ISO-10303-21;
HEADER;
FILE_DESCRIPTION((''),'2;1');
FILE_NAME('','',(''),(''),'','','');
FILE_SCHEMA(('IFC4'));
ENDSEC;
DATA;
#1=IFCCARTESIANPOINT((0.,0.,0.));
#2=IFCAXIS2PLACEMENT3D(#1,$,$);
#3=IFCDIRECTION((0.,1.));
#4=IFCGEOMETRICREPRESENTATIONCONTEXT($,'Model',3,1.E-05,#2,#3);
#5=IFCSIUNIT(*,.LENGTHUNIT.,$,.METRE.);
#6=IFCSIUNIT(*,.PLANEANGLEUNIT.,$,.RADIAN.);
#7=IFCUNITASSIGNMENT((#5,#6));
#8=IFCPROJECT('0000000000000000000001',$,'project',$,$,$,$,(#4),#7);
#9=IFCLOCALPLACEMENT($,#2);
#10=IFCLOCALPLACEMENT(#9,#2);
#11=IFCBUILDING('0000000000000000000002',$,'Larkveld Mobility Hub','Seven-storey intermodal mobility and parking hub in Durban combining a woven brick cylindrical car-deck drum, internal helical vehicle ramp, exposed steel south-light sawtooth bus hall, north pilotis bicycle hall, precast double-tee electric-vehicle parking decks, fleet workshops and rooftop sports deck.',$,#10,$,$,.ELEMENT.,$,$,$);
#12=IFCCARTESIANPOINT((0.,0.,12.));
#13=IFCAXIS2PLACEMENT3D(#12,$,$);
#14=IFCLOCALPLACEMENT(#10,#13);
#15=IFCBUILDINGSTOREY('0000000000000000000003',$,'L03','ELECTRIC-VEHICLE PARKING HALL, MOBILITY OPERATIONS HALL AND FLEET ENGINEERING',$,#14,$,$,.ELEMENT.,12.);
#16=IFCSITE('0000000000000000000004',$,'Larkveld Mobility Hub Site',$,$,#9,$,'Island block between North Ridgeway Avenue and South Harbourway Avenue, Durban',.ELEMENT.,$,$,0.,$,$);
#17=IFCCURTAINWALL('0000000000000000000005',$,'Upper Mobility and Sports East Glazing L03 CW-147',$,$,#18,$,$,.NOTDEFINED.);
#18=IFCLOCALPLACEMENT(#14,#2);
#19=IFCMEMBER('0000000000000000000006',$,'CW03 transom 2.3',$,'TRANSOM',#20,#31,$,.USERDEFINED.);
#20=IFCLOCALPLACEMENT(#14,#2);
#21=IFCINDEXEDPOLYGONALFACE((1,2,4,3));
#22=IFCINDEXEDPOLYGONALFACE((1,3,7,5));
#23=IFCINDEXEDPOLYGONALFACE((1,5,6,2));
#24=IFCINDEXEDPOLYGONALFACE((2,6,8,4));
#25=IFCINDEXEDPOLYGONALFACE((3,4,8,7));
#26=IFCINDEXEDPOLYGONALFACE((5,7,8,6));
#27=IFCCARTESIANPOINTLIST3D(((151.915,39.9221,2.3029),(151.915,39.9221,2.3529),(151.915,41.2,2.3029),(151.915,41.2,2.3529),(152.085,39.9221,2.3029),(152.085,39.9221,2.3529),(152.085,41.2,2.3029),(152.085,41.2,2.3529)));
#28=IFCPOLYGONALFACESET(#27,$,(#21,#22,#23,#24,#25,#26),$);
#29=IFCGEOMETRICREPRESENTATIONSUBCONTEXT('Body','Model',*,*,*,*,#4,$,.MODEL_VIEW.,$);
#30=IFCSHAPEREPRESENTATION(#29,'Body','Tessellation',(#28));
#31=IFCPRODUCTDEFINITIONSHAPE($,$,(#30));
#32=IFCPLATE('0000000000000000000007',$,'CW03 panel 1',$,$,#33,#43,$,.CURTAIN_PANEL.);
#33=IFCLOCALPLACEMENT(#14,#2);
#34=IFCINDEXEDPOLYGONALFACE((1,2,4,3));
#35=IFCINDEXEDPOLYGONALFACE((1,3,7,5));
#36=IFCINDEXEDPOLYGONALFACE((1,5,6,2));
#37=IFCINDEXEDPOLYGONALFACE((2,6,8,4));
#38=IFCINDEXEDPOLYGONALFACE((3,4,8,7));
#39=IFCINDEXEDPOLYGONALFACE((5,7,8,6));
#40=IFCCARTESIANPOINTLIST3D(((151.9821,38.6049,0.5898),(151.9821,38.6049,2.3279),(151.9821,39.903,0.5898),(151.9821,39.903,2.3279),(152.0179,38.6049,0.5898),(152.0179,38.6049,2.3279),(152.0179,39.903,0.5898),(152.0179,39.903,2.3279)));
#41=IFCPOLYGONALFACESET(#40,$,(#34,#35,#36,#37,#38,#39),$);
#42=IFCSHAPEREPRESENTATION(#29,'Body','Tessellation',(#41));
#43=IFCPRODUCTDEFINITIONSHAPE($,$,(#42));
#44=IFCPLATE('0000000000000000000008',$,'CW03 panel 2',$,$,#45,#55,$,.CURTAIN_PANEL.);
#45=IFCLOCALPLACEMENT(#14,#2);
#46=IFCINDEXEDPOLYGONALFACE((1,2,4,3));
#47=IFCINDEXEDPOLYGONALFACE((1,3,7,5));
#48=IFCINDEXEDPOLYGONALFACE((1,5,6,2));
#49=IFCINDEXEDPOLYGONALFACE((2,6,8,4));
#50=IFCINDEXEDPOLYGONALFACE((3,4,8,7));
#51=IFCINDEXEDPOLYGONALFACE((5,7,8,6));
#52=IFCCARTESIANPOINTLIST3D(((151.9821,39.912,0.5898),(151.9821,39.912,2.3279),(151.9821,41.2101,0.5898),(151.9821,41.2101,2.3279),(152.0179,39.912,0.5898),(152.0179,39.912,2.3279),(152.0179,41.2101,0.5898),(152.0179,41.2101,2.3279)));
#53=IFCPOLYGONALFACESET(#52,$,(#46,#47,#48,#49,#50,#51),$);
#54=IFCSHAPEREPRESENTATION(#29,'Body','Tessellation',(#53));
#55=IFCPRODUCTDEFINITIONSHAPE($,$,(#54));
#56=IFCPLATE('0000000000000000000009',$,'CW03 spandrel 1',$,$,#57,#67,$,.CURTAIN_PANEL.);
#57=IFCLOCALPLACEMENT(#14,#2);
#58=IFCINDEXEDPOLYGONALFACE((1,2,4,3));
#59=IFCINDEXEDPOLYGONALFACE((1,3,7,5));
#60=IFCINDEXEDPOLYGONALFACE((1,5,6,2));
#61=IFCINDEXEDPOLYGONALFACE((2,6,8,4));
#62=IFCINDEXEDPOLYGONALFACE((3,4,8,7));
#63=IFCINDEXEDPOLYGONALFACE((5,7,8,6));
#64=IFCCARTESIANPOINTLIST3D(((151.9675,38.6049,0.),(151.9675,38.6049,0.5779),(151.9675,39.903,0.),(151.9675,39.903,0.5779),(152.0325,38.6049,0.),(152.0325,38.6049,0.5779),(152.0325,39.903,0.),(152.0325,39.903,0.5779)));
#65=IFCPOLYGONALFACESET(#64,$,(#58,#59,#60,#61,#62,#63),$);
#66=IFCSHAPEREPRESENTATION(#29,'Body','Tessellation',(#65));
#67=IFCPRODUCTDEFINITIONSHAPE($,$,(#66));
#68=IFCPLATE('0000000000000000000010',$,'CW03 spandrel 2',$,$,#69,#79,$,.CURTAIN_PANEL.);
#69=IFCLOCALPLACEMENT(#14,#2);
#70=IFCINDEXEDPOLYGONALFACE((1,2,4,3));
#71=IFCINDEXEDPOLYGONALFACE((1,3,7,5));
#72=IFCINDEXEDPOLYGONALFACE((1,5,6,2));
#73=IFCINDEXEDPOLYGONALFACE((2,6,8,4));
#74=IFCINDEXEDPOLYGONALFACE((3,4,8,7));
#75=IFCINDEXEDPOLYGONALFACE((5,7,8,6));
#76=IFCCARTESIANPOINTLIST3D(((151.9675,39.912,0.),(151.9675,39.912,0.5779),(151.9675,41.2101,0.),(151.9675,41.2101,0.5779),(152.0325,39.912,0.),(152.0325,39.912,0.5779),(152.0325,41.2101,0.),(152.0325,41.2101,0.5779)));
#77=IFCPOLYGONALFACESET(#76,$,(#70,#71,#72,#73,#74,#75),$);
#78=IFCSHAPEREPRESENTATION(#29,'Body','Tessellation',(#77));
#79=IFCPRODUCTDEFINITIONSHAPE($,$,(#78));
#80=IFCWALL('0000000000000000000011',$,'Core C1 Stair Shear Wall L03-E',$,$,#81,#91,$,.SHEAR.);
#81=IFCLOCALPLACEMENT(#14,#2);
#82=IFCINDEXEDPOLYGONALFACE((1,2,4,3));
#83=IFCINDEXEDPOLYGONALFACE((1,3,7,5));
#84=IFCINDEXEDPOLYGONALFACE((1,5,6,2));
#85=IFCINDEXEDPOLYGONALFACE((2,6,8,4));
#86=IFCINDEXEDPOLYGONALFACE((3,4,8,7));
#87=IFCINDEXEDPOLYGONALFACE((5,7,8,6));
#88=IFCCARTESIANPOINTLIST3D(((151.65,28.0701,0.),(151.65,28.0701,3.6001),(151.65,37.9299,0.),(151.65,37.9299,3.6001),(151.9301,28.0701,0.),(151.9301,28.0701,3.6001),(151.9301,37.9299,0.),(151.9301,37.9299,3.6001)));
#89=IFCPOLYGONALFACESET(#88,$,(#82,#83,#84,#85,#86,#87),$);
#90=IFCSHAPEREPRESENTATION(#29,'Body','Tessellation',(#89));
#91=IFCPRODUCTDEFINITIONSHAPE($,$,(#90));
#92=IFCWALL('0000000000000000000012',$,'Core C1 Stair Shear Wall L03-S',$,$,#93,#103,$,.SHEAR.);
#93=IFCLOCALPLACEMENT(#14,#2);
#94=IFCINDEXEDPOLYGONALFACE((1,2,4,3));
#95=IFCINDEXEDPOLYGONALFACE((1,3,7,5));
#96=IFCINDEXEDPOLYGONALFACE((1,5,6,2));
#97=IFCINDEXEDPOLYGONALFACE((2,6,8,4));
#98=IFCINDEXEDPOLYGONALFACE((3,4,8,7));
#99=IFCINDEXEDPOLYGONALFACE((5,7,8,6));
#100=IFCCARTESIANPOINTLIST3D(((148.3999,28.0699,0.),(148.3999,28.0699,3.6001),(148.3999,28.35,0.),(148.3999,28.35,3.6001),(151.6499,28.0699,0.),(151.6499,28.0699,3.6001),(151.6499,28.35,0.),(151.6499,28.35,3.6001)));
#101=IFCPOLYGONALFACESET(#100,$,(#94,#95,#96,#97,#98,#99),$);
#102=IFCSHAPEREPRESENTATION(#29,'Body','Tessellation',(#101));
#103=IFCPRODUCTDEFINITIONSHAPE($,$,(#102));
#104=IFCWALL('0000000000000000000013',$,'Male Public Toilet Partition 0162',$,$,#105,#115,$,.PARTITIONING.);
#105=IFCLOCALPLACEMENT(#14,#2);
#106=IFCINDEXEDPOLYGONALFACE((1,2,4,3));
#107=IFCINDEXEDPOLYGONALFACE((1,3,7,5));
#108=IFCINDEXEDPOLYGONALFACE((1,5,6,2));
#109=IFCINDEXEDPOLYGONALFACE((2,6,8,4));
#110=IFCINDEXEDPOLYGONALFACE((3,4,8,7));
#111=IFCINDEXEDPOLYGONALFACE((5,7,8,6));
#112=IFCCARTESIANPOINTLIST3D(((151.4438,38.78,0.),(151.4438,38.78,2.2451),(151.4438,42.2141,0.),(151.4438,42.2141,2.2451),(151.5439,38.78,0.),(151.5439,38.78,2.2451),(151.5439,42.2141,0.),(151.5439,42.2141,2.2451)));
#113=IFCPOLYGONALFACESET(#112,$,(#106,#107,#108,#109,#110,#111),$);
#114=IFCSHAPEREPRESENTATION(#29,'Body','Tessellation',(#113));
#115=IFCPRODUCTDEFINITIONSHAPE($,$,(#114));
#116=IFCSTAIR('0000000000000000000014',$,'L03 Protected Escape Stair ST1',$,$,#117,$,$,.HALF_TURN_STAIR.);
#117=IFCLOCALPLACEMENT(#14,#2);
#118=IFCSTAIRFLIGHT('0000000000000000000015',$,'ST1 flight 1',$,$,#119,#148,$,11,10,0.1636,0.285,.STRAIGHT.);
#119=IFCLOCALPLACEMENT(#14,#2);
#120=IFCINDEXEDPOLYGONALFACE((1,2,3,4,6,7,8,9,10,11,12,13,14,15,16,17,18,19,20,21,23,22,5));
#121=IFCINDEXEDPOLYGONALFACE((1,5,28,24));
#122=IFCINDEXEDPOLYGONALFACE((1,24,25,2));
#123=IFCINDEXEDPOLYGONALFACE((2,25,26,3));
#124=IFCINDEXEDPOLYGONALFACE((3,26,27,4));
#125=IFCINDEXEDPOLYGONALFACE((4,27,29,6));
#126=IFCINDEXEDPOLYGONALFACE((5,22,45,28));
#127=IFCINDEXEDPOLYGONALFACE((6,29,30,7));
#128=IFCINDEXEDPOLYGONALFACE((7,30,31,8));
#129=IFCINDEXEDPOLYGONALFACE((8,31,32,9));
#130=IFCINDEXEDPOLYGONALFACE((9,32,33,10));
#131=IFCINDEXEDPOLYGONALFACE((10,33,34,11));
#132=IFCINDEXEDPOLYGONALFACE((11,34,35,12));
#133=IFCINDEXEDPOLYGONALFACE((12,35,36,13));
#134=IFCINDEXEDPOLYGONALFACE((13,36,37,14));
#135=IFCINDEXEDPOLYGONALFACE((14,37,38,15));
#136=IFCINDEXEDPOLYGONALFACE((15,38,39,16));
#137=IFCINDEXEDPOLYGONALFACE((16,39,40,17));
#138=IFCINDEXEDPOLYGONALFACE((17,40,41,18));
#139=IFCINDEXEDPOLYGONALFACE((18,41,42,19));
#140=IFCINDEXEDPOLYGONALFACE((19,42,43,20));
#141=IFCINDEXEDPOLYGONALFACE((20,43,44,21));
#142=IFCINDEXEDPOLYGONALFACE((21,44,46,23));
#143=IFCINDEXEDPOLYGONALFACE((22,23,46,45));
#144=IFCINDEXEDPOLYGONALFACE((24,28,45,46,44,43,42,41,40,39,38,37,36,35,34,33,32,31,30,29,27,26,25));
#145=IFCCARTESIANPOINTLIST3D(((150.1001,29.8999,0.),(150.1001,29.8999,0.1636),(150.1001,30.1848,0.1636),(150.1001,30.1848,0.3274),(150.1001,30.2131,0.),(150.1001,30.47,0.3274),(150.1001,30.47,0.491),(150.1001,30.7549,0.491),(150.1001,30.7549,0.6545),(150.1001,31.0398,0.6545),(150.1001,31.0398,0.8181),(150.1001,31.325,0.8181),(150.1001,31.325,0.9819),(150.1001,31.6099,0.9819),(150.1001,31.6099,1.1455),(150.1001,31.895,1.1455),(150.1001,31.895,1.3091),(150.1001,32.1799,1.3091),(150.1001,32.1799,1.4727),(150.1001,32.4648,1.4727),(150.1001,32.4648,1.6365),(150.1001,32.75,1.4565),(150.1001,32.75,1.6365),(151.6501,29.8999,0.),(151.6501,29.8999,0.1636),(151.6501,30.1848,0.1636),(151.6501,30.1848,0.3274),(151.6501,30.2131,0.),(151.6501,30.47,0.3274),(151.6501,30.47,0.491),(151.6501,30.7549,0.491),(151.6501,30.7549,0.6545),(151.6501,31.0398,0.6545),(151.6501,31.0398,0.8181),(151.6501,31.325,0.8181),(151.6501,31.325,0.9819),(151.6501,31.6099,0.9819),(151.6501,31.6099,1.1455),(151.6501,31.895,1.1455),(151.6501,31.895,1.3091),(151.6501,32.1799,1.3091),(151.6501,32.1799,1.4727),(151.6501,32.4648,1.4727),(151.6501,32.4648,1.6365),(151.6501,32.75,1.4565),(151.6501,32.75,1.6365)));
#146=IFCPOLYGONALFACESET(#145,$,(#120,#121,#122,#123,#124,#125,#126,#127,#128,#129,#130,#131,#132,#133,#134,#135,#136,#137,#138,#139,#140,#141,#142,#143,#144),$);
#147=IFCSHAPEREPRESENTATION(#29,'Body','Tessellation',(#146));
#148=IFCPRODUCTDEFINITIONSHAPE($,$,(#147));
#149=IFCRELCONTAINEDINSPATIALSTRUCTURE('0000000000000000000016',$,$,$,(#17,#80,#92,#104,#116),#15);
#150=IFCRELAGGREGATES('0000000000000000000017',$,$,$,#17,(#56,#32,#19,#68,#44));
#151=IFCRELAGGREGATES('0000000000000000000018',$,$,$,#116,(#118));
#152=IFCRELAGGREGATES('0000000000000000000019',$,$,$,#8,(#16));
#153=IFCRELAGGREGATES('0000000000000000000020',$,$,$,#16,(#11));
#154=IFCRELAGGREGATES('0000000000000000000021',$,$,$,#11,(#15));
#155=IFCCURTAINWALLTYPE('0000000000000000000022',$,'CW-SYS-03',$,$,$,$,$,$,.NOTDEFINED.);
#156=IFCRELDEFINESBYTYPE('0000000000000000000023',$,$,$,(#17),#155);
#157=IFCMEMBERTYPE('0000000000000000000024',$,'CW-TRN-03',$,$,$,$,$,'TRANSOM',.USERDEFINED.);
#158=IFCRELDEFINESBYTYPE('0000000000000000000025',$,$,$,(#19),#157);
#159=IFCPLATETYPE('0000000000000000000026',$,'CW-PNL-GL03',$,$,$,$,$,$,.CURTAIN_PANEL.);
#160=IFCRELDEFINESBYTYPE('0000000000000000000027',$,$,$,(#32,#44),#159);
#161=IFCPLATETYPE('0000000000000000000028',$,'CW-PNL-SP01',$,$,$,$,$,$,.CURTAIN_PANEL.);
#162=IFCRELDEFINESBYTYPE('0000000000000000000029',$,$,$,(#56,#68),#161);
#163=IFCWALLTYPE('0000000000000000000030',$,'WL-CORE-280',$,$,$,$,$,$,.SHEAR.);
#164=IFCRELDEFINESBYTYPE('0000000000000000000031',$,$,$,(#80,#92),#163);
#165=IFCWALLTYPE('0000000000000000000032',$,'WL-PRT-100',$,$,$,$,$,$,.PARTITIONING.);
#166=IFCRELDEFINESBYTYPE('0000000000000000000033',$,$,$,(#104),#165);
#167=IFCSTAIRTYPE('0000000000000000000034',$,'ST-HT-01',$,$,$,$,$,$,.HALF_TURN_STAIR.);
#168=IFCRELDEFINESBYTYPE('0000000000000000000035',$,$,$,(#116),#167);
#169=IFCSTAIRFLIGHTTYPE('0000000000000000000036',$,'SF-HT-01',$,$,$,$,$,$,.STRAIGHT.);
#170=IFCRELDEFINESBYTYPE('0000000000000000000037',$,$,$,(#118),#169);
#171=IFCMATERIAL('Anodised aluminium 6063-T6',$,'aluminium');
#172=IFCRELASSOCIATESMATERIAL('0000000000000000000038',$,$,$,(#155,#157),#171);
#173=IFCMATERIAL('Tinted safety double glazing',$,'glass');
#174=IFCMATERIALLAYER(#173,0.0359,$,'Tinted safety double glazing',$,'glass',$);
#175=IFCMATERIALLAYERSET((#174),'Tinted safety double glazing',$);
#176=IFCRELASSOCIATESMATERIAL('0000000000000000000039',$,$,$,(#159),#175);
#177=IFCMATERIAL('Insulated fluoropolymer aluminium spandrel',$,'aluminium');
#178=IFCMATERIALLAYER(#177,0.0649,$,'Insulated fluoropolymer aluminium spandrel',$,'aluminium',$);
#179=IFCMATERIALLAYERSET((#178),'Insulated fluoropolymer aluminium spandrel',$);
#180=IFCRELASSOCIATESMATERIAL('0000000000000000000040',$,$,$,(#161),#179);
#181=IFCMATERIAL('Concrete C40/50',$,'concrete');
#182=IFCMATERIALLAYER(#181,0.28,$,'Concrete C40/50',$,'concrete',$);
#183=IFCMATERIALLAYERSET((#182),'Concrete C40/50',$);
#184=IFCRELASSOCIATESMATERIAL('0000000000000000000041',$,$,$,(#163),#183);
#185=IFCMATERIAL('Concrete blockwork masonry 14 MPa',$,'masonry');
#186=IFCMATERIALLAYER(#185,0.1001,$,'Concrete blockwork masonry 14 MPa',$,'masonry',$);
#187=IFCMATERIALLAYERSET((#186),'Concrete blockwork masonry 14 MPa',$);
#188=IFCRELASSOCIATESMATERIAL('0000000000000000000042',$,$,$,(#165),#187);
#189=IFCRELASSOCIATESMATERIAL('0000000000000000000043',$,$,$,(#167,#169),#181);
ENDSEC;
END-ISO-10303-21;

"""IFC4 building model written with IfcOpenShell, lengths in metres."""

from ifc_helpers import new_model, si_unit, direction, frame, frame_2d, origin, origin_2d, place, context, subcontext, project, spatial, polyline, rectangle, outline, extrude, material, layer, layer_set, material_profile, profile_set, type_object, element, aggregate, save


model = new_model("IFC4")

# Units and contexts
model_context = context("Model", 3, precision=1e-05, world=origin(), true_north=direction((0.0, 1.0)))
body_context = subcontext(model_context, "Body", "Model", "MODEL_VIEW")
ifc_project = project(units=[si_unit("LENGTHUNIT", "METRE"), si_unit("PLANEANGLEUNIT", "RADIAN")], contexts=[model_context])

# Site, building, storey
site_placement = place(None, origin())
site = spatial("IfcSite", under=ifc_project, at=site_placement, Name="Larkveld Mobility Hub Site", LongName="Island block between North Ridgeway Avenue and South Harbourway Avenue, Durban", CompositionType="ELEMENT", RefElevation=0.0)
building_placement = place(site_placement, origin())
building = spatial("IfcBuilding", under=site, at=building_placement, Name="Larkveld Mobility Hub", Description="Seven-storey intermodal mobility and parking hub in Durban combining a woven brick cylindrical car-deck drum, internal helical vehicle ramp, exposed steel south-light sawtooth bus hall, north pilotis bicycle hall, precast double-tee electric-vehicle parking decks, fleet workshops and rooftop sports deck.", CompositionType="ELEMENT")
storey_placement = place(building_placement, frame((0.0, 0.0, 12.0)))
storey = spatial("IfcBuildingStorey", under=building, at=storey_placement, Name="L03", Description="ELECTRIC-VEHICLE PARKING HALL, MOBILITY OPERATIONS HALL AND FLEET ENGINEERING", CompositionType="ELEMENT", Elevation=12.0)

# Shared definitions
ifc_material_1 = material(Name="Concrete C40/50", Category="concrete")

# Curtain wall, member, plates
ifc_material_2 = material(Name="Anodised aluminium 6063-T6", Category="aluminium")
curtain_wall_type = type_object("IfcCurtainWallType", Name="CW-SYS-03", PredefinedType="NOTDEFINED", material=ifc_material_2)
curtain_wall_placement = place(storey_placement, origin())
curtain_wall = element("IfcCurtainWall", 1, at=curtain_wall_placement, inside=storey, type_object=curtain_wall_type, Name="Upper Mobility and Sports East Glazing L03 CW-147", PredefinedType="NOTDEFINED")
ifc_material_profile_1 = material_profile(ifc_material_2, rectangle(XDim=0.1699, YDim=0.05, at=origin_2d()), Name="ALU TRAN 50x170")
ifc_profile_set_1 = profile_set([ifc_material_profile_1], Name="Anodised aluminium 6063-T6")
member_type_1 = type_object("IfcMemberType", Name="CW-TRN-03", ElementType="TRANSOM", PredefinedType="USERDEFINED", material=ifc_profile_set_1)
member_1_placement = place(storey_placement, frame((152.0, 39.9221, 2.3279), z_axis=(0.0, 1.0, 0.0), x_axis=(-1.0, 0.0, 0.0)))
member_1 = element("IfcMember", 2, at=member_1_placement, type_object=member_type_1, Name="CW03 transom 2.3", ObjectType="TRANSOM", PredefinedType="USERDEFINED", context=body_context, shape_type="SweptSolid", body=[
    extrude(rectangle(XDim=0.1699, YDim=0.05, at=origin_2d()), origin(), (0.0, 0.0, 1.0), 1.2778),
])
ifc_material_3 = material(Name="Tinted safety double glazing", Category="glass")
ifc_layer_1 = layer(ifc_material_3, 0.0359, Name="Tinted safety double glazing", Category="glass")
ifc_layer_set_1 = layer_set([ifc_layer_1], Name="Tinted safety double glazing")
plate_type_1 = type_object("IfcPlateType", Name="CW-PNL-GL03", PredefinedType="CURTAIN_PANEL", material=ifc_layer_set_1)
plate_1_placement = place(storey_placement, frame((152.0, 39.2539, 0.5898), z_axis=(0.0, 0.0, 1.0), x_axis=(0.0, 1.0, 0.0)))
plate_1 = element("IfcPlate", 3, at=plate_1_placement, type_object=plate_type_1, Name="CW03 panel 1", PredefinedType="CURTAIN_PANEL", context=body_context, shape_type="SweptSolid", body=[
    extrude(rectangle(XDim=1.2981, YDim=0.0359, at=origin_2d()), origin(), (0.0, 0.0, 1.0), 1.738),
])
plate_2_placement = place(storey_placement, frame((152.0, 40.561, 0.5898), z_axis=(0.0, 0.0, 1.0), x_axis=(0.0, 1.0, 0.0)))
plate_2 = element("IfcPlate", 4, at=plate_2_placement, type_object=plate_type_1, Name="CW03 panel 2", PredefinedType="CURTAIN_PANEL", context=body_context, shape_type="SweptSolid", body=[
    extrude(rectangle(XDim=1.2981, YDim=0.0359, at=origin_2d()), origin(), (0.0, 0.0, 1.0), 1.738),
])
ifc_material_4 = material(Name="Insulated fluoropolymer aluminium spandrel", Category="aluminium")
ifc_layer_2 = layer(ifc_material_4, 0.0649, Name="Insulated fluoropolymer aluminium spandrel", Category="aluminium")
ifc_layer_set_2 = layer_set([ifc_layer_2], Name="Insulated fluoropolymer aluminium spandrel")
plate_type_2 = type_object("IfcPlateType", Name="CW-PNL-SP01", PredefinedType="CURTAIN_PANEL", material=ifc_layer_set_2)
plate_3_placement = place(storey_placement, frame((152.0, 39.2539, 0.0), z_axis=(0.0, 0.0, 1.0), x_axis=(0.0, 1.0, 0.0)))
plate_3 = element("IfcPlate", 5, at=plate_3_placement, type_object=plate_type_2, Name="CW03 spandrel 1", PredefinedType="CURTAIN_PANEL", context=body_context, shape_type="SweptSolid", body=[
    extrude(rectangle(XDim=1.2981, YDim=0.0649, at=origin_2d()), origin(), (0.0, 0.0, 1.0), 0.5779),
])
plate_4_placement = place(storey_placement, frame((152.0, 40.561, 0.0), z_axis=(0.0, 0.0, 1.0), x_axis=(0.0, 1.0, 0.0)))
plate_4 = element("IfcPlate", 6, at=plate_4_placement, type_object=plate_type_2, Name="CW03 spandrel 2", PredefinedType="CURTAIN_PANEL", context=body_context, shape_type="SweptSolid", body=[
    extrude(rectangle(XDim=1.2981, YDim=0.0649, at=origin_2d()), origin(), (0.0, 0.0, 1.0), 0.5779),
])
aggregate(curtain_wall, [plate_3, plate_1, member_1, plate_4, plate_2])

# Walls
ifc_layer_3 = layer(ifc_material_1, 0.28, Name="Concrete C40/50", Category="concrete")
ifc_layer_set_3 = layer_set([ifc_layer_3], Name="Concrete C40/50")
wall_type_1 = type_object("IfcWallType", Name="WL-CORE-280", PredefinedType="SHEAR", material=ifc_layer_set_3)
wall_1_placement = place(storey_placement, frame((151.79, 37.9299, 0.0), z_axis=(0.0, 0.0, 1.0), x_axis=(0.0, -1.0, 0.0)))
element("IfcWall", 7, at=wall_1_placement, inside=storey, type_object=wall_type_1, Name="Core C1 Stair Shear Wall L03-E", PredefinedType="SHEAR", context=body_context, shape_type="SweptSolid", body=[
    extrude(rectangle(XDim=9.8599, YDim=0.28, at=frame_2d((4.9299, 0.0))), origin(), (0.0, 0.0, 1.0), 3.6001),
])
wall_2_placement = place(storey_placement, frame((151.6499, 28.21, 0.0), z_axis=(0.0, 0.0, 1.0), x_axis=(-1.0, 0.0, 0.0)))
element("IfcWall", 8, at=wall_2_placement, inside=storey, type_object=wall_type_1, Name="Core C1 Stair Shear Wall L03-S", PredefinedType="SHEAR", context=body_context, shape_type="SweptSolid", body=[
    extrude(rectangle(XDim=3.25, YDim=0.28, at=frame_2d((1.625, 0.0))), origin(), (0.0, 0.0, 1.0), 3.6001),
])
ifc_material_5 = material(Name="Concrete blockwork masonry 14 MPa", Category="masonry")
ifc_layer_4 = layer(ifc_material_5, 0.1001, Name="Concrete blockwork masonry 14 MPa", Category="masonry")
ifc_layer_set_4 = layer_set([ifc_layer_4], Name="Concrete blockwork masonry 14 MPa")
wall_type_2 = type_object("IfcWallType", Name="WL-PRT-100", PredefinedType="PARTITIONING", material=ifc_layer_set_4)
wall_3_placement = place(storey_placement, frame((151.4939, 38.78, 0.0), z_axis=(0.0, 0.0, 1.0), x_axis=(0.0, 1.0, 0.0)))
element("IfcWall", 9, at=wall_3_placement, inside=storey, type_object=wall_type_2, Name="Male Public Toilet Partition 0162", PredefinedType="PARTITIONING", context=body_context, shape_type="SweptSolid", body=[
    extrude(rectangle(XDim=3.4341, YDim=0.1001, at=frame_2d((1.717, 0.0))), origin(), (0.0, 0.0, 1.0), 2.2451),
])

# Stair, stair flight
stair_type = type_object("IfcStairType", Name="ST-HT-01", PredefinedType="HALF_TURN_STAIR", material=ifc_material_1)
stair_placement = place(storey_placement, origin())
stair = element("IfcStair", 10, at=stair_placement, inside=storey, type_object=stair_type, Name="L03 Protected Escape Stair ST1", PredefinedType="HALF_TURN_STAIR")
stair_flight_type = type_object("IfcStairFlightType", Name="SF-HT-01", PredefinedType="STRAIGHT", material=ifc_material_1)
stair_flight_placement = place(storey_placement, frame((150.875, 29.8999, 0.0), z_axis=(0.0, 0.0, 1.0), x_axis=(0.0, 1.0, 0.0)))
stair_flight = element("IfcStairFlight", 11, at=stair_flight_placement, type_object=stair_flight_type, Name="ST1 flight 1", NumberOfRisers=11, NumberOfTreads=10, PredefinedType="STRAIGHT", RiserHeight=0.1636, TreadLength=0.285, context=body_context, shape_type="SweptSolid", body=[
    extrude(outline(polyline([(0.0, 0.0), (0.0, 0.1636), (0.2849, 0.1636), (0.2849, 0.3274), (0.5701, 0.3274), (0.5701, 0.491), (0.855, 0.491), (0.855, 0.6545), (1.1399, 0.6545), (1.1399, 0.8181), (1.425, 0.8181), (1.425, 0.9819), (1.71, 0.9819), (1.71, 1.1455), (1.9951, 1.1455), (1.9951, 1.3091), (2.28, 1.3091), (2.28, 1.4727), (2.5649, 1.4727), (2.5649, 1.6365), (2.8501, 1.6365), (2.8501, 1.8), (2.8501, 1.4565), (0.3132, 0.0), (0.0, 0.0)])), frame((0.0, 0.7749, 0.0), z_axis=(0.0, -1.0, 0.0), x_axis=(1.0, 0.0, 0.0)), (0.0, 0.0, 1.0), 1.55),
])
aggregate(stair, [stair_flight])

save(model, "model.ifc")
